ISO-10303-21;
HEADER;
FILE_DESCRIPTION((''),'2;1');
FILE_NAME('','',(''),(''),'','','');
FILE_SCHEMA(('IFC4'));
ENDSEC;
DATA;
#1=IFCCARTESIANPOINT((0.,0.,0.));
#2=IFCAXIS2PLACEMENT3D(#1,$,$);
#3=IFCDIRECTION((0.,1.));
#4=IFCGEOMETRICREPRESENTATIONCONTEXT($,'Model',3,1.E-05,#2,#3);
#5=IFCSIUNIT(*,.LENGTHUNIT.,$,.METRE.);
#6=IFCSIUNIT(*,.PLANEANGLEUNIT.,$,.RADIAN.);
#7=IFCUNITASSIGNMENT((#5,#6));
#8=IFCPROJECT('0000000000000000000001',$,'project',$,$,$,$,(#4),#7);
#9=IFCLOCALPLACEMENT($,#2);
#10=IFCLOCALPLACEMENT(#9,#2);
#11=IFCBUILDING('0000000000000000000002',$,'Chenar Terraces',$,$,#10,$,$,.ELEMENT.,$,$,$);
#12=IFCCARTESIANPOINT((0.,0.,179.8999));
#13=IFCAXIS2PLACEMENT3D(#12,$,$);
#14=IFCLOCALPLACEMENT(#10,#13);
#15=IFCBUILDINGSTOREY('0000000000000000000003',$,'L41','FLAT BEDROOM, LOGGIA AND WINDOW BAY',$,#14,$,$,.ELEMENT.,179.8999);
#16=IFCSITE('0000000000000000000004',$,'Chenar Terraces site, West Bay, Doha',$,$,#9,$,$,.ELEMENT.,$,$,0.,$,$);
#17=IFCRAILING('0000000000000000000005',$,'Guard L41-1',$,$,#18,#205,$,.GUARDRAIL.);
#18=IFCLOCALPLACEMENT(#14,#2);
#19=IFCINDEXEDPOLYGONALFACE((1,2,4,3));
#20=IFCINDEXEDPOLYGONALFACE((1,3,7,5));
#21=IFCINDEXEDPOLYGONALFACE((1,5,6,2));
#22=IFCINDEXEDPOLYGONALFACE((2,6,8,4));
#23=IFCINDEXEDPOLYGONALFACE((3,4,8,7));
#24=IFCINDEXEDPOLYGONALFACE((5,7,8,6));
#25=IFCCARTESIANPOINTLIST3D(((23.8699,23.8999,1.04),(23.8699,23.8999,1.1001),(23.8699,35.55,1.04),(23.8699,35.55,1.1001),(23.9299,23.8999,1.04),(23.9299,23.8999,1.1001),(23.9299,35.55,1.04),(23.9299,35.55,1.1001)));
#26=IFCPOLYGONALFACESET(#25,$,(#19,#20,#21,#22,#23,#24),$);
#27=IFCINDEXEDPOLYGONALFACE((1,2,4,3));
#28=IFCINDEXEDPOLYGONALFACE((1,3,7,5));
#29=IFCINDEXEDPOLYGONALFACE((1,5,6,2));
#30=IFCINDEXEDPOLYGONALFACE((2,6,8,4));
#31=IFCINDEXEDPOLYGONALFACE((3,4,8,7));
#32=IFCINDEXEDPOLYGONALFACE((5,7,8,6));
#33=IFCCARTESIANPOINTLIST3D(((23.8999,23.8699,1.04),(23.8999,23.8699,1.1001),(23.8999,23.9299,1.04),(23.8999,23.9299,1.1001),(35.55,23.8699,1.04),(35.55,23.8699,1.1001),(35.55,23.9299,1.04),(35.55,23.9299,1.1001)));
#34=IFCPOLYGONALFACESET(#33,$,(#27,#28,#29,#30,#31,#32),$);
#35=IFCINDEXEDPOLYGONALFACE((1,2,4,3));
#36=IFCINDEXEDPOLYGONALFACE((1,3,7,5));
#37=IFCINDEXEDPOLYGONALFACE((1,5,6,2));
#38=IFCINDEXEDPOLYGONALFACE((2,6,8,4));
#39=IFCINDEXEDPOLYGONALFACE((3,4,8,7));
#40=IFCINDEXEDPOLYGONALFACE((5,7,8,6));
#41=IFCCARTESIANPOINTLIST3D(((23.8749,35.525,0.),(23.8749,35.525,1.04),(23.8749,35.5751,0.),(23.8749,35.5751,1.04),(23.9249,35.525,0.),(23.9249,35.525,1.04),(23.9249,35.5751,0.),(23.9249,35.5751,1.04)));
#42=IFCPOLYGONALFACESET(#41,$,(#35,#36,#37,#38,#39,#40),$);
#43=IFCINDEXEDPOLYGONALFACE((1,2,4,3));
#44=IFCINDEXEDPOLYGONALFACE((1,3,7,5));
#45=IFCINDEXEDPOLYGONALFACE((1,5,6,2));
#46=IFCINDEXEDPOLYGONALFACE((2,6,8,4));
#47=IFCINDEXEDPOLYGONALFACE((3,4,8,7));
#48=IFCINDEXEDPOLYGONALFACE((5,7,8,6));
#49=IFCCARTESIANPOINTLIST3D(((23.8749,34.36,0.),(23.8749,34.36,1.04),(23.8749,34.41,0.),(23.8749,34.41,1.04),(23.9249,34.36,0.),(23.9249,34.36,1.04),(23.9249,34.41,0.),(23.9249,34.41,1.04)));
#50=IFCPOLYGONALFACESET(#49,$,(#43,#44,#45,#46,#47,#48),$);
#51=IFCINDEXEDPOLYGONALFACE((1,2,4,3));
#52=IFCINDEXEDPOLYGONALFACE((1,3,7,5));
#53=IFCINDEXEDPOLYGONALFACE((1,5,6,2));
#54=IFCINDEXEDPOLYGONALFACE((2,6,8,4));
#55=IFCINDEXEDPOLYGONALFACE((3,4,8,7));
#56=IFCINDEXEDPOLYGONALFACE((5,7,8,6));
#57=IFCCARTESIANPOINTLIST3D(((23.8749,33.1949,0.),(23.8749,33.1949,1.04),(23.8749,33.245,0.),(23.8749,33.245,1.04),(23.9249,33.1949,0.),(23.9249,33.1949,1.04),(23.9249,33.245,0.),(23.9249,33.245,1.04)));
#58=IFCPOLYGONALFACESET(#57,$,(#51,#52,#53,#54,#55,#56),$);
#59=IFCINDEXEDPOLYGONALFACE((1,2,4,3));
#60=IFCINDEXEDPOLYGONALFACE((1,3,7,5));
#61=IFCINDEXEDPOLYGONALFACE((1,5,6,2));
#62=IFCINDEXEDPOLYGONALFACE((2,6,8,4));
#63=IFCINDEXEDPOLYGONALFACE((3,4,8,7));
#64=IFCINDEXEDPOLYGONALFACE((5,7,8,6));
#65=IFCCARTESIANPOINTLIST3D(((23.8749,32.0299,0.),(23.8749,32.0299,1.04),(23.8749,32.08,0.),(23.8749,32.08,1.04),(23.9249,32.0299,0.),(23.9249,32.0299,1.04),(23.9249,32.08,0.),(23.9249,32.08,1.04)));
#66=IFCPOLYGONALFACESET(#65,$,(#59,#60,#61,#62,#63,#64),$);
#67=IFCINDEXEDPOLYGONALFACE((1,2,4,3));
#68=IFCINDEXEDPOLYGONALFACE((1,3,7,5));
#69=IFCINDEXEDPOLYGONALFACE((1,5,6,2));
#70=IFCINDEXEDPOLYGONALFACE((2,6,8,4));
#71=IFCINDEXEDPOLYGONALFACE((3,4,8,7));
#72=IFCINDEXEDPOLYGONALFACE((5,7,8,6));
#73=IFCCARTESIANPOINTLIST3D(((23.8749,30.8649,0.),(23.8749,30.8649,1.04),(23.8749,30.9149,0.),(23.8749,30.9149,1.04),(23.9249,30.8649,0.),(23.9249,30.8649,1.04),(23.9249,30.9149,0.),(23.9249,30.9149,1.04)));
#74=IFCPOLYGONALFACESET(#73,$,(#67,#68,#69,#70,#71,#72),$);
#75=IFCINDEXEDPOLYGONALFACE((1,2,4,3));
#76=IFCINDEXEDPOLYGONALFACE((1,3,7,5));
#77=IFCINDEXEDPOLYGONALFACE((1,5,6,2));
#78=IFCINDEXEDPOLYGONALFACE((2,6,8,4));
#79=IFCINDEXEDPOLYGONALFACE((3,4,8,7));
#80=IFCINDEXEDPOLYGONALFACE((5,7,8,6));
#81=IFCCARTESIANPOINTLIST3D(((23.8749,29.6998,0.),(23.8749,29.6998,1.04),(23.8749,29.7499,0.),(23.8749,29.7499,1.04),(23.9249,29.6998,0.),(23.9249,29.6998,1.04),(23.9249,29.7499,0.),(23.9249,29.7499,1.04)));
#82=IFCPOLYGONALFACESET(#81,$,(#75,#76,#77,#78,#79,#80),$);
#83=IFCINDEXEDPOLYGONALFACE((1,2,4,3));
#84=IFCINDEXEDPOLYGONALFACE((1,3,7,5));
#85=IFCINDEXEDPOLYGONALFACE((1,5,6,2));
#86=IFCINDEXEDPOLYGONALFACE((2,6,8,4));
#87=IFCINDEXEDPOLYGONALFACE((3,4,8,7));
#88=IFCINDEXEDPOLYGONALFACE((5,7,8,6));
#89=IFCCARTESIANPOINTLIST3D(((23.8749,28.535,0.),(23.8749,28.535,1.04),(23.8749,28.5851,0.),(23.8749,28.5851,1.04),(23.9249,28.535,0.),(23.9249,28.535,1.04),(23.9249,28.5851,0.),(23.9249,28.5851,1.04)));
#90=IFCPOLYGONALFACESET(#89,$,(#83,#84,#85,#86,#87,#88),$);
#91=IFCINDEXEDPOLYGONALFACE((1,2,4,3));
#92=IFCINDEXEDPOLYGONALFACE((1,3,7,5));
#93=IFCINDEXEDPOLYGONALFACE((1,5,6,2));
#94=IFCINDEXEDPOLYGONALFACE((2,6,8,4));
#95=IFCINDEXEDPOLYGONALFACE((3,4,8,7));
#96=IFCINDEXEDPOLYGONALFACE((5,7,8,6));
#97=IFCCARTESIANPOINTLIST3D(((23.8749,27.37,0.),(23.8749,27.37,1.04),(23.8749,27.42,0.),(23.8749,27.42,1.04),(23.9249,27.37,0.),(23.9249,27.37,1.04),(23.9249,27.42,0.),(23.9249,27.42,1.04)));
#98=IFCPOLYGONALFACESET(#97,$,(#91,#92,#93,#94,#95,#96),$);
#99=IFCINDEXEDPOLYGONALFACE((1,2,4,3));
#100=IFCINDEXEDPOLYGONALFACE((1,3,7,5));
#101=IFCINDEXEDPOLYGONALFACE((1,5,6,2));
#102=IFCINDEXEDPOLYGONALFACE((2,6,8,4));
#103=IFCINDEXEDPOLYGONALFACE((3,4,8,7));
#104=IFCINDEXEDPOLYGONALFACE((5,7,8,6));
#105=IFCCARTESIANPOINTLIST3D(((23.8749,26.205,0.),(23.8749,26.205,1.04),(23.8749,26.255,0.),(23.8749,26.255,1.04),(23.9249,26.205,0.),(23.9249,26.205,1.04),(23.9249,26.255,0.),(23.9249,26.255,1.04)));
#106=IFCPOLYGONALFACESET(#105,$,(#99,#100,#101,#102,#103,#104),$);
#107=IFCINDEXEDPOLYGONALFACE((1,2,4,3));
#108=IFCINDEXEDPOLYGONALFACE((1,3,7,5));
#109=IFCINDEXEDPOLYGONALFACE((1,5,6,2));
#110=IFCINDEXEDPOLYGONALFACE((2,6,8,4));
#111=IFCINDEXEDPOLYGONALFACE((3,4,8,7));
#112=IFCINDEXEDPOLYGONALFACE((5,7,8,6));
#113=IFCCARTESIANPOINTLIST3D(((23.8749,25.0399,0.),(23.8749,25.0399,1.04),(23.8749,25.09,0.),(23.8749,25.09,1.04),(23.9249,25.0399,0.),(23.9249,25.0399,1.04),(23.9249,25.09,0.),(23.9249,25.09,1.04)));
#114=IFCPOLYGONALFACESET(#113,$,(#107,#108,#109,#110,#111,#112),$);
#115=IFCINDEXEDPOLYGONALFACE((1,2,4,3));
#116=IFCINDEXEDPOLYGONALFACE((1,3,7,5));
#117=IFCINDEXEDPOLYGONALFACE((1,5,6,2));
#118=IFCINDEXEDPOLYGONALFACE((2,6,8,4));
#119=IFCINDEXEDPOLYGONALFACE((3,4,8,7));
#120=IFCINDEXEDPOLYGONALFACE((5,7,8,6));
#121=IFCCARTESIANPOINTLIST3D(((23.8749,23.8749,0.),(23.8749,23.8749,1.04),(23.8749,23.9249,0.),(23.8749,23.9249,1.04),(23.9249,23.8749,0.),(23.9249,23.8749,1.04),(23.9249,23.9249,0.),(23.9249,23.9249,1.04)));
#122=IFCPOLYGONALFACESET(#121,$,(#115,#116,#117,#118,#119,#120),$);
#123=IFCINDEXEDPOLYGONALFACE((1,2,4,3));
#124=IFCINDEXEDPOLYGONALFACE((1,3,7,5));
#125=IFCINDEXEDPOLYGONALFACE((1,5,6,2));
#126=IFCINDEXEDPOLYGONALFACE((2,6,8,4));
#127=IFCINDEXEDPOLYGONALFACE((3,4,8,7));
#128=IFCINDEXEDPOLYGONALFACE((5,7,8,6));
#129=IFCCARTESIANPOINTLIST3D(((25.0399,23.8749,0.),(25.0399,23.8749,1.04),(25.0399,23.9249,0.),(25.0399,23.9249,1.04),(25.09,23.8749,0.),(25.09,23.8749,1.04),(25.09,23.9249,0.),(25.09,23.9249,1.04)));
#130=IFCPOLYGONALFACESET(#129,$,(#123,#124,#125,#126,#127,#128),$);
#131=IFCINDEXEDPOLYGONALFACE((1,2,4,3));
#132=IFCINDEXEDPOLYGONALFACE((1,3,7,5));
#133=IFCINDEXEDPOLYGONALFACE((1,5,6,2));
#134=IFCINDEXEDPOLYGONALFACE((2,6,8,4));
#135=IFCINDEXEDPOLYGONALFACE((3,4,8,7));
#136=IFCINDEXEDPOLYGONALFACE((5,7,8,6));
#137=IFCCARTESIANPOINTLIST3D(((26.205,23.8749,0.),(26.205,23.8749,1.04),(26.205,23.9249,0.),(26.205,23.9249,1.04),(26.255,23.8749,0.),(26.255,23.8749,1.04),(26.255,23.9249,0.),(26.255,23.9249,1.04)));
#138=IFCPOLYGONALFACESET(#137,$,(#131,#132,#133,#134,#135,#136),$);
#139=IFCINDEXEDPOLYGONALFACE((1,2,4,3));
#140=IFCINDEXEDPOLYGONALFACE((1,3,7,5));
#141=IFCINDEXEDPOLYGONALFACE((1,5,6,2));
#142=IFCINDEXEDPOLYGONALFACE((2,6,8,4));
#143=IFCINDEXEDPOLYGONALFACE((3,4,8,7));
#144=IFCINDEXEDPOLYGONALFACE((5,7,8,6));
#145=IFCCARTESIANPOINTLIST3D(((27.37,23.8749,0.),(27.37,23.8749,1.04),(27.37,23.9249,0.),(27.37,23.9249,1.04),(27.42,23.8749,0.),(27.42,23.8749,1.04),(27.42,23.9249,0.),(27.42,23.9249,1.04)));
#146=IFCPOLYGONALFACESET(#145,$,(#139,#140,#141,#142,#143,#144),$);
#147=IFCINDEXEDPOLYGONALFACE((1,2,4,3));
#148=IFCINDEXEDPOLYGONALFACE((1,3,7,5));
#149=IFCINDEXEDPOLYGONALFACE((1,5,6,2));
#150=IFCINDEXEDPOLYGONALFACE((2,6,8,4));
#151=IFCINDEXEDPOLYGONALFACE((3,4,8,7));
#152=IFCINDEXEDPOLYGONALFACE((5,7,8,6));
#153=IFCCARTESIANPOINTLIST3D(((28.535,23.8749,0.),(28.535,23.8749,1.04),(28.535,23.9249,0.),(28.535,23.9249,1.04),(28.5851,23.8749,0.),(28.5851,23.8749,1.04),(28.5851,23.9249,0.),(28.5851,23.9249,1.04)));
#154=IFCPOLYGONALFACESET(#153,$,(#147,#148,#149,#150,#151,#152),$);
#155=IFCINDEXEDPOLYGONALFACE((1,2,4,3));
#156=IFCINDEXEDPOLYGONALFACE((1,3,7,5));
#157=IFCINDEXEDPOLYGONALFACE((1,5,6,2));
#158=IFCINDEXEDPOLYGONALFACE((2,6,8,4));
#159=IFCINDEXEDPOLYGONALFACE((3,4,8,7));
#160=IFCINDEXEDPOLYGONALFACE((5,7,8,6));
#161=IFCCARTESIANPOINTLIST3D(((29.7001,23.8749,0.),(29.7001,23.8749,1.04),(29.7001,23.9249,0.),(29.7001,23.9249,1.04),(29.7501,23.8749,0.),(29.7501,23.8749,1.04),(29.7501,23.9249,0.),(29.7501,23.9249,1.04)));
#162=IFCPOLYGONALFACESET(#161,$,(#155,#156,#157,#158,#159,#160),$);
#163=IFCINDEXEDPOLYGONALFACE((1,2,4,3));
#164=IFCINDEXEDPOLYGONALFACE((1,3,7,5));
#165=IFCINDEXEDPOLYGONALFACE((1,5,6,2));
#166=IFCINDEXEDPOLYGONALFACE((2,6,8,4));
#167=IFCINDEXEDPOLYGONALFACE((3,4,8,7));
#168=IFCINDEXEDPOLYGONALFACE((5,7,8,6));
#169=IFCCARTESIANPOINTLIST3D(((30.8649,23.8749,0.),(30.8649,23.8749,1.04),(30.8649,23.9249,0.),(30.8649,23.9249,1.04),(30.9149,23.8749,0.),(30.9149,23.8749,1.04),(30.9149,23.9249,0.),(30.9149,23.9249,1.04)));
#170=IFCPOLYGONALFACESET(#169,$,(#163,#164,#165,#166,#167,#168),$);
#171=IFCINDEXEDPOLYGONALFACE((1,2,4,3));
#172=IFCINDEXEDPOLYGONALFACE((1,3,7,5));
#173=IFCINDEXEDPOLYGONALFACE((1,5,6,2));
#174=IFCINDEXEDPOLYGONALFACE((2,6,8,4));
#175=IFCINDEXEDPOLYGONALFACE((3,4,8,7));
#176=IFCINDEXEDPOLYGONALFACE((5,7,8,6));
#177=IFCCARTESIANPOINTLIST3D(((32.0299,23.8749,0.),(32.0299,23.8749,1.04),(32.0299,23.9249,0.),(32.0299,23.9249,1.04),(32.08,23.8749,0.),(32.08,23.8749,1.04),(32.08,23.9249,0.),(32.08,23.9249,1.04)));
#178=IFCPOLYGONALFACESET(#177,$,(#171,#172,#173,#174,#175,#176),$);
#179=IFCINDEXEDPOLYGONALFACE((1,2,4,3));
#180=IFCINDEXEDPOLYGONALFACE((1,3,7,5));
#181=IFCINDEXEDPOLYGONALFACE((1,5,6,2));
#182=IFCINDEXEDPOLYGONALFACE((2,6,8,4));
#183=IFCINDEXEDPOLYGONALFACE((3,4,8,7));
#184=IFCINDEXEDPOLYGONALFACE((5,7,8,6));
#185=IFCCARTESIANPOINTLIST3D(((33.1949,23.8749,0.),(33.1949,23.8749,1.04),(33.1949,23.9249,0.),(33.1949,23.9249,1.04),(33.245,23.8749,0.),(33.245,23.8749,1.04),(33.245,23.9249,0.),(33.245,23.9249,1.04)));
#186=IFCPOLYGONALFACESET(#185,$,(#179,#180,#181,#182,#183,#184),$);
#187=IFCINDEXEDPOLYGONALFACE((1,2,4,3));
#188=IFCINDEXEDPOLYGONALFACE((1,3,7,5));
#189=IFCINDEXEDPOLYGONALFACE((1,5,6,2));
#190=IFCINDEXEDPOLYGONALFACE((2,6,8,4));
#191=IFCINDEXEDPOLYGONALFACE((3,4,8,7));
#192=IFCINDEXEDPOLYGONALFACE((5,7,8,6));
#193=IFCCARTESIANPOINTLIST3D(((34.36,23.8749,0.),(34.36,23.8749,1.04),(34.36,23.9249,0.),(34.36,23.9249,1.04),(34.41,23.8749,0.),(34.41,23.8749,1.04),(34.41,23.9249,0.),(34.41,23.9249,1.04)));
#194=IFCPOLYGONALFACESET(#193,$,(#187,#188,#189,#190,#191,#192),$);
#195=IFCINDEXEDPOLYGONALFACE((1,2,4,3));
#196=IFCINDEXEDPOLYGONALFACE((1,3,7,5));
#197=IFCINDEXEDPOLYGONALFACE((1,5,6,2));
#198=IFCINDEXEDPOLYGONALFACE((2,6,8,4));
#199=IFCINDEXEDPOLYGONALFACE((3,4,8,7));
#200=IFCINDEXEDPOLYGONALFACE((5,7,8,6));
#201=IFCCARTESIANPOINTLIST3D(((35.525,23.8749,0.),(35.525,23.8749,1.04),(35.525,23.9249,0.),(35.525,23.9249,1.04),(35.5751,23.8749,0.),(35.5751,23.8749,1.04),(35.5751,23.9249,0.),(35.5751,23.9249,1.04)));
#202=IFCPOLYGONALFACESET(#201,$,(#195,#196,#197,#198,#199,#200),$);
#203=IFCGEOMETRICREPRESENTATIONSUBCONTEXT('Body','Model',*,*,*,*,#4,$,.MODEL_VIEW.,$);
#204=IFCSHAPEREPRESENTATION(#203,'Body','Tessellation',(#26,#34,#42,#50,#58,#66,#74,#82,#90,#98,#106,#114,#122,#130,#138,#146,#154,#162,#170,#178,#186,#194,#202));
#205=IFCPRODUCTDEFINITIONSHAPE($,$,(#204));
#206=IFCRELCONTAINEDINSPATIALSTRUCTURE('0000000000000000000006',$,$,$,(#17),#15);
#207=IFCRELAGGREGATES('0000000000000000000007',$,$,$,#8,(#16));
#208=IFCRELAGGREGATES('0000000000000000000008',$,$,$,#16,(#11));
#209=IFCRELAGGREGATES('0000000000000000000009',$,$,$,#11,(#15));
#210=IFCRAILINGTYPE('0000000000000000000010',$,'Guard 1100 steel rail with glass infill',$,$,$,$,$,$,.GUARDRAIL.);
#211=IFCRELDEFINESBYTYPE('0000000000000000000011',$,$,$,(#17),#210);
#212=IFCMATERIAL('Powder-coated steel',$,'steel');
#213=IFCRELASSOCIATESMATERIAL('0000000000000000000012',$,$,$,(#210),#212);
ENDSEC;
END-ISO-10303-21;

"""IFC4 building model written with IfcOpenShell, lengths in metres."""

from ifc_helpers import new_model, si_unit, direction, frame, origin, origin_2d, place, context, subcontext, project, spatial, rectangle, extrude, material, type_object, element, save


model = new_model("IFC4")

# Units and contexts
model_context = context("Model", 3, precision=1e-05, world=origin(), true_north=direction((0.0, 1.0)))
body_context = subcontext(model_context, "Body", "Model", "MODEL_VIEW")
ifc_project = project(units=[si_unit("LENGTHUNIT", "METRE"), si_unit("PLANEANGLEUNIT", "RADIAN")], contexts=[model_context])

# Site, building, storey
site_placement = place(None, origin())
site = spatial("IfcSite", under=ifc_project, at=site_placement, Name="Chenar Terraces site, West Bay, Doha", CompositionType="ELEMENT", RefElevation=0.0)
building_placement = place(site_placement, origin())
building = spatial("IfcBuilding", under=site, at=building_placement, Name="Chenar Terraces", CompositionType="ELEMENT")
storey_placement = place(building_placement, frame((0.0, 0.0, 179.8999)))
storey = spatial("IfcBuildingStorey", under=building, at=storey_placement, Name="L41", Description="FLAT BEDROOM, LOGGIA AND WINDOW BAY", CompositionType="ELEMENT", Elevation=179.8999)

# Railing
ifc_material_1 = material(Name="Powder-coated steel", Category="steel")
railing_type = type_object("IfcRailingType", Name="Guard 1100 steel rail with glass infill", PredefinedType="GUARDRAIL", material=ifc_material_1)
railing_placement = place(storey_placement, frame((23.8999, 35.55, 0.0)))
element("IfcRailing", 1, at=railing_placement, inside=storey, type_object=railing_type, Name="Guard L41-1", PredefinedType="GUARDRAIL", context=body_context, shape_type="SweptSolid", body=[
    extrude(rectangle(XDim=0.0601, YDim=0.0601, at=origin_2d()), frame((0.0, 0.0, 1.0701), z_axis=(0.0, -1.0, 0.0), x_axis=(1.0, 0.0, 0.0)), (0.0, 0.0, 1.0), 11.6501),
    extrude(rectangle(XDim=0.0601, YDim=0.0601, at=origin_2d()), frame((0.0, -11.6501, 1.0701), z_axis=(1.0, 0.0, 0.0), x_axis=(0.0, 1.0, 0.0)), (0.0, 0.0, 1.0), 11.6501),
    extrude(rectangle(XDim=0.05, YDim=0.05, at=origin_2d()), origin(), (0.0, 0.0, 1.0), 1.04),
    extrude(rectangle(XDim=0.05, YDim=0.05, at=origin_2d()), frame((0.0, -1.165, 0.0)), (0.0, 0.0, 1.0), 1.04),
    extrude(rectangle(XDim=0.05, YDim=0.05, at=origin_2d()), frame((0.0, -2.3301, 0.0)), (0.0, 0.0, 1.0), 1.04),
    extrude(rectangle(XDim=0.05, YDim=0.05, at=origin_2d()), frame((0.0, -3.4951, 0.0)), (0.0, 0.0, 1.0), 1.04),
    extrude(rectangle(XDim=0.05, YDim=0.05, at=origin_2d()), frame((0.0, -4.6602, 0.0)), (0.0, 0.0, 1.0), 1.04),
    extrude(rectangle(XDim=0.05, YDim=0.05, at=origin_2d()), frame((0.0, -5.8252, 0.0)), (0.0, 0.0, 1.0), 1.04),
    extrude(rectangle(XDim=0.05, YDim=0.05, at=origin_2d()), frame((0.0, -6.99, 0.0)), (0.0, 0.0, 1.0), 1.04),
    extrude(rectangle(XDim=0.05, YDim=0.05, at=origin_2d()), frame((0.0, -8.155, 0.0)), (0.0, 0.0, 1.0), 1.04),
    extrude(rectangle(XDim=0.05, YDim=0.05, at=origin_2d()), frame((0.0, -9.3201, 0.0)), (0.0, 0.0, 1.0), 1.04),
    extrude(rectangle(XDim=0.05, YDim=0.05, at=origin_2d()), frame((0.0, -10.4851, 0.0)), (0.0, 0.0, 1.0), 1.04),
    extrude(rectangle(XDim=0.05, YDim=0.05, at=origin_2d()), frame((0.0, -11.6501, 0.0)), (0.0, 0.0, 1.0), 1.04),
    extrude(rectangle(XDim=0.05, YDim=0.05, at=origin_2d()), frame((1.165, -11.6501, 0.0)), (0.0, 0.0, 1.0), 1.04),
    extrude(rectangle(XDim=0.05, YDim=0.05, at=origin_2d()), frame((2.3301, -11.6501, 0.0)), (0.0, 0.0, 1.0), 1.04),
    extrude(rectangle(XDim=0.05, YDim=0.05, at=origin_2d()), frame((3.4951, -11.6501, 0.0)), (0.0, 0.0, 1.0), 1.04),
    extrude(rectangle(XDim=0.05, YDim=0.05, at=origin_2d()), frame((4.6602, -11.6501, 0.0)), (0.0, 0.0, 1.0), 1.04),
    extrude(rectangle(XDim=0.05, YDim=0.05, at=origin_2d()), frame((5.8252, -11.6501, 0.0)), (0.0, 0.0, 1.0), 1.04),
    extrude(rectangle(XDim=0.05, YDim=0.05, at=origin_2d()), frame((6.99, -11.6501, 0.0)), (0.0, 0.0, 1.0), 1.04),
    extrude(rectangle(XDim=0.05, YDim=0.05, at=origin_2d()), frame((8.155, -11.6501, 0.0)), (0.0, 0.0, 1.0), 1.04),
    extrude(rectangle(XDim=0.05, YDim=0.05, at=origin_2d()), frame((9.3201, -11.6501, 0.0)), (0.0, 0.0, 1.0), 1.04),
    extrude(rectangle(XDim=0.05, YDim=0.05, at=origin_2d()), frame((10.4851, -11.6501, 0.0)), (0.0, 0.0, 1.0), 1.04),
    extrude(rectangle(XDim=0.05, YDim=0.05, at=origin_2d()), frame((11.6501, -11.6501, 0.0)), (0.0, 0.0, 1.0), 1.04),
])

save(model, "model.ifc")
